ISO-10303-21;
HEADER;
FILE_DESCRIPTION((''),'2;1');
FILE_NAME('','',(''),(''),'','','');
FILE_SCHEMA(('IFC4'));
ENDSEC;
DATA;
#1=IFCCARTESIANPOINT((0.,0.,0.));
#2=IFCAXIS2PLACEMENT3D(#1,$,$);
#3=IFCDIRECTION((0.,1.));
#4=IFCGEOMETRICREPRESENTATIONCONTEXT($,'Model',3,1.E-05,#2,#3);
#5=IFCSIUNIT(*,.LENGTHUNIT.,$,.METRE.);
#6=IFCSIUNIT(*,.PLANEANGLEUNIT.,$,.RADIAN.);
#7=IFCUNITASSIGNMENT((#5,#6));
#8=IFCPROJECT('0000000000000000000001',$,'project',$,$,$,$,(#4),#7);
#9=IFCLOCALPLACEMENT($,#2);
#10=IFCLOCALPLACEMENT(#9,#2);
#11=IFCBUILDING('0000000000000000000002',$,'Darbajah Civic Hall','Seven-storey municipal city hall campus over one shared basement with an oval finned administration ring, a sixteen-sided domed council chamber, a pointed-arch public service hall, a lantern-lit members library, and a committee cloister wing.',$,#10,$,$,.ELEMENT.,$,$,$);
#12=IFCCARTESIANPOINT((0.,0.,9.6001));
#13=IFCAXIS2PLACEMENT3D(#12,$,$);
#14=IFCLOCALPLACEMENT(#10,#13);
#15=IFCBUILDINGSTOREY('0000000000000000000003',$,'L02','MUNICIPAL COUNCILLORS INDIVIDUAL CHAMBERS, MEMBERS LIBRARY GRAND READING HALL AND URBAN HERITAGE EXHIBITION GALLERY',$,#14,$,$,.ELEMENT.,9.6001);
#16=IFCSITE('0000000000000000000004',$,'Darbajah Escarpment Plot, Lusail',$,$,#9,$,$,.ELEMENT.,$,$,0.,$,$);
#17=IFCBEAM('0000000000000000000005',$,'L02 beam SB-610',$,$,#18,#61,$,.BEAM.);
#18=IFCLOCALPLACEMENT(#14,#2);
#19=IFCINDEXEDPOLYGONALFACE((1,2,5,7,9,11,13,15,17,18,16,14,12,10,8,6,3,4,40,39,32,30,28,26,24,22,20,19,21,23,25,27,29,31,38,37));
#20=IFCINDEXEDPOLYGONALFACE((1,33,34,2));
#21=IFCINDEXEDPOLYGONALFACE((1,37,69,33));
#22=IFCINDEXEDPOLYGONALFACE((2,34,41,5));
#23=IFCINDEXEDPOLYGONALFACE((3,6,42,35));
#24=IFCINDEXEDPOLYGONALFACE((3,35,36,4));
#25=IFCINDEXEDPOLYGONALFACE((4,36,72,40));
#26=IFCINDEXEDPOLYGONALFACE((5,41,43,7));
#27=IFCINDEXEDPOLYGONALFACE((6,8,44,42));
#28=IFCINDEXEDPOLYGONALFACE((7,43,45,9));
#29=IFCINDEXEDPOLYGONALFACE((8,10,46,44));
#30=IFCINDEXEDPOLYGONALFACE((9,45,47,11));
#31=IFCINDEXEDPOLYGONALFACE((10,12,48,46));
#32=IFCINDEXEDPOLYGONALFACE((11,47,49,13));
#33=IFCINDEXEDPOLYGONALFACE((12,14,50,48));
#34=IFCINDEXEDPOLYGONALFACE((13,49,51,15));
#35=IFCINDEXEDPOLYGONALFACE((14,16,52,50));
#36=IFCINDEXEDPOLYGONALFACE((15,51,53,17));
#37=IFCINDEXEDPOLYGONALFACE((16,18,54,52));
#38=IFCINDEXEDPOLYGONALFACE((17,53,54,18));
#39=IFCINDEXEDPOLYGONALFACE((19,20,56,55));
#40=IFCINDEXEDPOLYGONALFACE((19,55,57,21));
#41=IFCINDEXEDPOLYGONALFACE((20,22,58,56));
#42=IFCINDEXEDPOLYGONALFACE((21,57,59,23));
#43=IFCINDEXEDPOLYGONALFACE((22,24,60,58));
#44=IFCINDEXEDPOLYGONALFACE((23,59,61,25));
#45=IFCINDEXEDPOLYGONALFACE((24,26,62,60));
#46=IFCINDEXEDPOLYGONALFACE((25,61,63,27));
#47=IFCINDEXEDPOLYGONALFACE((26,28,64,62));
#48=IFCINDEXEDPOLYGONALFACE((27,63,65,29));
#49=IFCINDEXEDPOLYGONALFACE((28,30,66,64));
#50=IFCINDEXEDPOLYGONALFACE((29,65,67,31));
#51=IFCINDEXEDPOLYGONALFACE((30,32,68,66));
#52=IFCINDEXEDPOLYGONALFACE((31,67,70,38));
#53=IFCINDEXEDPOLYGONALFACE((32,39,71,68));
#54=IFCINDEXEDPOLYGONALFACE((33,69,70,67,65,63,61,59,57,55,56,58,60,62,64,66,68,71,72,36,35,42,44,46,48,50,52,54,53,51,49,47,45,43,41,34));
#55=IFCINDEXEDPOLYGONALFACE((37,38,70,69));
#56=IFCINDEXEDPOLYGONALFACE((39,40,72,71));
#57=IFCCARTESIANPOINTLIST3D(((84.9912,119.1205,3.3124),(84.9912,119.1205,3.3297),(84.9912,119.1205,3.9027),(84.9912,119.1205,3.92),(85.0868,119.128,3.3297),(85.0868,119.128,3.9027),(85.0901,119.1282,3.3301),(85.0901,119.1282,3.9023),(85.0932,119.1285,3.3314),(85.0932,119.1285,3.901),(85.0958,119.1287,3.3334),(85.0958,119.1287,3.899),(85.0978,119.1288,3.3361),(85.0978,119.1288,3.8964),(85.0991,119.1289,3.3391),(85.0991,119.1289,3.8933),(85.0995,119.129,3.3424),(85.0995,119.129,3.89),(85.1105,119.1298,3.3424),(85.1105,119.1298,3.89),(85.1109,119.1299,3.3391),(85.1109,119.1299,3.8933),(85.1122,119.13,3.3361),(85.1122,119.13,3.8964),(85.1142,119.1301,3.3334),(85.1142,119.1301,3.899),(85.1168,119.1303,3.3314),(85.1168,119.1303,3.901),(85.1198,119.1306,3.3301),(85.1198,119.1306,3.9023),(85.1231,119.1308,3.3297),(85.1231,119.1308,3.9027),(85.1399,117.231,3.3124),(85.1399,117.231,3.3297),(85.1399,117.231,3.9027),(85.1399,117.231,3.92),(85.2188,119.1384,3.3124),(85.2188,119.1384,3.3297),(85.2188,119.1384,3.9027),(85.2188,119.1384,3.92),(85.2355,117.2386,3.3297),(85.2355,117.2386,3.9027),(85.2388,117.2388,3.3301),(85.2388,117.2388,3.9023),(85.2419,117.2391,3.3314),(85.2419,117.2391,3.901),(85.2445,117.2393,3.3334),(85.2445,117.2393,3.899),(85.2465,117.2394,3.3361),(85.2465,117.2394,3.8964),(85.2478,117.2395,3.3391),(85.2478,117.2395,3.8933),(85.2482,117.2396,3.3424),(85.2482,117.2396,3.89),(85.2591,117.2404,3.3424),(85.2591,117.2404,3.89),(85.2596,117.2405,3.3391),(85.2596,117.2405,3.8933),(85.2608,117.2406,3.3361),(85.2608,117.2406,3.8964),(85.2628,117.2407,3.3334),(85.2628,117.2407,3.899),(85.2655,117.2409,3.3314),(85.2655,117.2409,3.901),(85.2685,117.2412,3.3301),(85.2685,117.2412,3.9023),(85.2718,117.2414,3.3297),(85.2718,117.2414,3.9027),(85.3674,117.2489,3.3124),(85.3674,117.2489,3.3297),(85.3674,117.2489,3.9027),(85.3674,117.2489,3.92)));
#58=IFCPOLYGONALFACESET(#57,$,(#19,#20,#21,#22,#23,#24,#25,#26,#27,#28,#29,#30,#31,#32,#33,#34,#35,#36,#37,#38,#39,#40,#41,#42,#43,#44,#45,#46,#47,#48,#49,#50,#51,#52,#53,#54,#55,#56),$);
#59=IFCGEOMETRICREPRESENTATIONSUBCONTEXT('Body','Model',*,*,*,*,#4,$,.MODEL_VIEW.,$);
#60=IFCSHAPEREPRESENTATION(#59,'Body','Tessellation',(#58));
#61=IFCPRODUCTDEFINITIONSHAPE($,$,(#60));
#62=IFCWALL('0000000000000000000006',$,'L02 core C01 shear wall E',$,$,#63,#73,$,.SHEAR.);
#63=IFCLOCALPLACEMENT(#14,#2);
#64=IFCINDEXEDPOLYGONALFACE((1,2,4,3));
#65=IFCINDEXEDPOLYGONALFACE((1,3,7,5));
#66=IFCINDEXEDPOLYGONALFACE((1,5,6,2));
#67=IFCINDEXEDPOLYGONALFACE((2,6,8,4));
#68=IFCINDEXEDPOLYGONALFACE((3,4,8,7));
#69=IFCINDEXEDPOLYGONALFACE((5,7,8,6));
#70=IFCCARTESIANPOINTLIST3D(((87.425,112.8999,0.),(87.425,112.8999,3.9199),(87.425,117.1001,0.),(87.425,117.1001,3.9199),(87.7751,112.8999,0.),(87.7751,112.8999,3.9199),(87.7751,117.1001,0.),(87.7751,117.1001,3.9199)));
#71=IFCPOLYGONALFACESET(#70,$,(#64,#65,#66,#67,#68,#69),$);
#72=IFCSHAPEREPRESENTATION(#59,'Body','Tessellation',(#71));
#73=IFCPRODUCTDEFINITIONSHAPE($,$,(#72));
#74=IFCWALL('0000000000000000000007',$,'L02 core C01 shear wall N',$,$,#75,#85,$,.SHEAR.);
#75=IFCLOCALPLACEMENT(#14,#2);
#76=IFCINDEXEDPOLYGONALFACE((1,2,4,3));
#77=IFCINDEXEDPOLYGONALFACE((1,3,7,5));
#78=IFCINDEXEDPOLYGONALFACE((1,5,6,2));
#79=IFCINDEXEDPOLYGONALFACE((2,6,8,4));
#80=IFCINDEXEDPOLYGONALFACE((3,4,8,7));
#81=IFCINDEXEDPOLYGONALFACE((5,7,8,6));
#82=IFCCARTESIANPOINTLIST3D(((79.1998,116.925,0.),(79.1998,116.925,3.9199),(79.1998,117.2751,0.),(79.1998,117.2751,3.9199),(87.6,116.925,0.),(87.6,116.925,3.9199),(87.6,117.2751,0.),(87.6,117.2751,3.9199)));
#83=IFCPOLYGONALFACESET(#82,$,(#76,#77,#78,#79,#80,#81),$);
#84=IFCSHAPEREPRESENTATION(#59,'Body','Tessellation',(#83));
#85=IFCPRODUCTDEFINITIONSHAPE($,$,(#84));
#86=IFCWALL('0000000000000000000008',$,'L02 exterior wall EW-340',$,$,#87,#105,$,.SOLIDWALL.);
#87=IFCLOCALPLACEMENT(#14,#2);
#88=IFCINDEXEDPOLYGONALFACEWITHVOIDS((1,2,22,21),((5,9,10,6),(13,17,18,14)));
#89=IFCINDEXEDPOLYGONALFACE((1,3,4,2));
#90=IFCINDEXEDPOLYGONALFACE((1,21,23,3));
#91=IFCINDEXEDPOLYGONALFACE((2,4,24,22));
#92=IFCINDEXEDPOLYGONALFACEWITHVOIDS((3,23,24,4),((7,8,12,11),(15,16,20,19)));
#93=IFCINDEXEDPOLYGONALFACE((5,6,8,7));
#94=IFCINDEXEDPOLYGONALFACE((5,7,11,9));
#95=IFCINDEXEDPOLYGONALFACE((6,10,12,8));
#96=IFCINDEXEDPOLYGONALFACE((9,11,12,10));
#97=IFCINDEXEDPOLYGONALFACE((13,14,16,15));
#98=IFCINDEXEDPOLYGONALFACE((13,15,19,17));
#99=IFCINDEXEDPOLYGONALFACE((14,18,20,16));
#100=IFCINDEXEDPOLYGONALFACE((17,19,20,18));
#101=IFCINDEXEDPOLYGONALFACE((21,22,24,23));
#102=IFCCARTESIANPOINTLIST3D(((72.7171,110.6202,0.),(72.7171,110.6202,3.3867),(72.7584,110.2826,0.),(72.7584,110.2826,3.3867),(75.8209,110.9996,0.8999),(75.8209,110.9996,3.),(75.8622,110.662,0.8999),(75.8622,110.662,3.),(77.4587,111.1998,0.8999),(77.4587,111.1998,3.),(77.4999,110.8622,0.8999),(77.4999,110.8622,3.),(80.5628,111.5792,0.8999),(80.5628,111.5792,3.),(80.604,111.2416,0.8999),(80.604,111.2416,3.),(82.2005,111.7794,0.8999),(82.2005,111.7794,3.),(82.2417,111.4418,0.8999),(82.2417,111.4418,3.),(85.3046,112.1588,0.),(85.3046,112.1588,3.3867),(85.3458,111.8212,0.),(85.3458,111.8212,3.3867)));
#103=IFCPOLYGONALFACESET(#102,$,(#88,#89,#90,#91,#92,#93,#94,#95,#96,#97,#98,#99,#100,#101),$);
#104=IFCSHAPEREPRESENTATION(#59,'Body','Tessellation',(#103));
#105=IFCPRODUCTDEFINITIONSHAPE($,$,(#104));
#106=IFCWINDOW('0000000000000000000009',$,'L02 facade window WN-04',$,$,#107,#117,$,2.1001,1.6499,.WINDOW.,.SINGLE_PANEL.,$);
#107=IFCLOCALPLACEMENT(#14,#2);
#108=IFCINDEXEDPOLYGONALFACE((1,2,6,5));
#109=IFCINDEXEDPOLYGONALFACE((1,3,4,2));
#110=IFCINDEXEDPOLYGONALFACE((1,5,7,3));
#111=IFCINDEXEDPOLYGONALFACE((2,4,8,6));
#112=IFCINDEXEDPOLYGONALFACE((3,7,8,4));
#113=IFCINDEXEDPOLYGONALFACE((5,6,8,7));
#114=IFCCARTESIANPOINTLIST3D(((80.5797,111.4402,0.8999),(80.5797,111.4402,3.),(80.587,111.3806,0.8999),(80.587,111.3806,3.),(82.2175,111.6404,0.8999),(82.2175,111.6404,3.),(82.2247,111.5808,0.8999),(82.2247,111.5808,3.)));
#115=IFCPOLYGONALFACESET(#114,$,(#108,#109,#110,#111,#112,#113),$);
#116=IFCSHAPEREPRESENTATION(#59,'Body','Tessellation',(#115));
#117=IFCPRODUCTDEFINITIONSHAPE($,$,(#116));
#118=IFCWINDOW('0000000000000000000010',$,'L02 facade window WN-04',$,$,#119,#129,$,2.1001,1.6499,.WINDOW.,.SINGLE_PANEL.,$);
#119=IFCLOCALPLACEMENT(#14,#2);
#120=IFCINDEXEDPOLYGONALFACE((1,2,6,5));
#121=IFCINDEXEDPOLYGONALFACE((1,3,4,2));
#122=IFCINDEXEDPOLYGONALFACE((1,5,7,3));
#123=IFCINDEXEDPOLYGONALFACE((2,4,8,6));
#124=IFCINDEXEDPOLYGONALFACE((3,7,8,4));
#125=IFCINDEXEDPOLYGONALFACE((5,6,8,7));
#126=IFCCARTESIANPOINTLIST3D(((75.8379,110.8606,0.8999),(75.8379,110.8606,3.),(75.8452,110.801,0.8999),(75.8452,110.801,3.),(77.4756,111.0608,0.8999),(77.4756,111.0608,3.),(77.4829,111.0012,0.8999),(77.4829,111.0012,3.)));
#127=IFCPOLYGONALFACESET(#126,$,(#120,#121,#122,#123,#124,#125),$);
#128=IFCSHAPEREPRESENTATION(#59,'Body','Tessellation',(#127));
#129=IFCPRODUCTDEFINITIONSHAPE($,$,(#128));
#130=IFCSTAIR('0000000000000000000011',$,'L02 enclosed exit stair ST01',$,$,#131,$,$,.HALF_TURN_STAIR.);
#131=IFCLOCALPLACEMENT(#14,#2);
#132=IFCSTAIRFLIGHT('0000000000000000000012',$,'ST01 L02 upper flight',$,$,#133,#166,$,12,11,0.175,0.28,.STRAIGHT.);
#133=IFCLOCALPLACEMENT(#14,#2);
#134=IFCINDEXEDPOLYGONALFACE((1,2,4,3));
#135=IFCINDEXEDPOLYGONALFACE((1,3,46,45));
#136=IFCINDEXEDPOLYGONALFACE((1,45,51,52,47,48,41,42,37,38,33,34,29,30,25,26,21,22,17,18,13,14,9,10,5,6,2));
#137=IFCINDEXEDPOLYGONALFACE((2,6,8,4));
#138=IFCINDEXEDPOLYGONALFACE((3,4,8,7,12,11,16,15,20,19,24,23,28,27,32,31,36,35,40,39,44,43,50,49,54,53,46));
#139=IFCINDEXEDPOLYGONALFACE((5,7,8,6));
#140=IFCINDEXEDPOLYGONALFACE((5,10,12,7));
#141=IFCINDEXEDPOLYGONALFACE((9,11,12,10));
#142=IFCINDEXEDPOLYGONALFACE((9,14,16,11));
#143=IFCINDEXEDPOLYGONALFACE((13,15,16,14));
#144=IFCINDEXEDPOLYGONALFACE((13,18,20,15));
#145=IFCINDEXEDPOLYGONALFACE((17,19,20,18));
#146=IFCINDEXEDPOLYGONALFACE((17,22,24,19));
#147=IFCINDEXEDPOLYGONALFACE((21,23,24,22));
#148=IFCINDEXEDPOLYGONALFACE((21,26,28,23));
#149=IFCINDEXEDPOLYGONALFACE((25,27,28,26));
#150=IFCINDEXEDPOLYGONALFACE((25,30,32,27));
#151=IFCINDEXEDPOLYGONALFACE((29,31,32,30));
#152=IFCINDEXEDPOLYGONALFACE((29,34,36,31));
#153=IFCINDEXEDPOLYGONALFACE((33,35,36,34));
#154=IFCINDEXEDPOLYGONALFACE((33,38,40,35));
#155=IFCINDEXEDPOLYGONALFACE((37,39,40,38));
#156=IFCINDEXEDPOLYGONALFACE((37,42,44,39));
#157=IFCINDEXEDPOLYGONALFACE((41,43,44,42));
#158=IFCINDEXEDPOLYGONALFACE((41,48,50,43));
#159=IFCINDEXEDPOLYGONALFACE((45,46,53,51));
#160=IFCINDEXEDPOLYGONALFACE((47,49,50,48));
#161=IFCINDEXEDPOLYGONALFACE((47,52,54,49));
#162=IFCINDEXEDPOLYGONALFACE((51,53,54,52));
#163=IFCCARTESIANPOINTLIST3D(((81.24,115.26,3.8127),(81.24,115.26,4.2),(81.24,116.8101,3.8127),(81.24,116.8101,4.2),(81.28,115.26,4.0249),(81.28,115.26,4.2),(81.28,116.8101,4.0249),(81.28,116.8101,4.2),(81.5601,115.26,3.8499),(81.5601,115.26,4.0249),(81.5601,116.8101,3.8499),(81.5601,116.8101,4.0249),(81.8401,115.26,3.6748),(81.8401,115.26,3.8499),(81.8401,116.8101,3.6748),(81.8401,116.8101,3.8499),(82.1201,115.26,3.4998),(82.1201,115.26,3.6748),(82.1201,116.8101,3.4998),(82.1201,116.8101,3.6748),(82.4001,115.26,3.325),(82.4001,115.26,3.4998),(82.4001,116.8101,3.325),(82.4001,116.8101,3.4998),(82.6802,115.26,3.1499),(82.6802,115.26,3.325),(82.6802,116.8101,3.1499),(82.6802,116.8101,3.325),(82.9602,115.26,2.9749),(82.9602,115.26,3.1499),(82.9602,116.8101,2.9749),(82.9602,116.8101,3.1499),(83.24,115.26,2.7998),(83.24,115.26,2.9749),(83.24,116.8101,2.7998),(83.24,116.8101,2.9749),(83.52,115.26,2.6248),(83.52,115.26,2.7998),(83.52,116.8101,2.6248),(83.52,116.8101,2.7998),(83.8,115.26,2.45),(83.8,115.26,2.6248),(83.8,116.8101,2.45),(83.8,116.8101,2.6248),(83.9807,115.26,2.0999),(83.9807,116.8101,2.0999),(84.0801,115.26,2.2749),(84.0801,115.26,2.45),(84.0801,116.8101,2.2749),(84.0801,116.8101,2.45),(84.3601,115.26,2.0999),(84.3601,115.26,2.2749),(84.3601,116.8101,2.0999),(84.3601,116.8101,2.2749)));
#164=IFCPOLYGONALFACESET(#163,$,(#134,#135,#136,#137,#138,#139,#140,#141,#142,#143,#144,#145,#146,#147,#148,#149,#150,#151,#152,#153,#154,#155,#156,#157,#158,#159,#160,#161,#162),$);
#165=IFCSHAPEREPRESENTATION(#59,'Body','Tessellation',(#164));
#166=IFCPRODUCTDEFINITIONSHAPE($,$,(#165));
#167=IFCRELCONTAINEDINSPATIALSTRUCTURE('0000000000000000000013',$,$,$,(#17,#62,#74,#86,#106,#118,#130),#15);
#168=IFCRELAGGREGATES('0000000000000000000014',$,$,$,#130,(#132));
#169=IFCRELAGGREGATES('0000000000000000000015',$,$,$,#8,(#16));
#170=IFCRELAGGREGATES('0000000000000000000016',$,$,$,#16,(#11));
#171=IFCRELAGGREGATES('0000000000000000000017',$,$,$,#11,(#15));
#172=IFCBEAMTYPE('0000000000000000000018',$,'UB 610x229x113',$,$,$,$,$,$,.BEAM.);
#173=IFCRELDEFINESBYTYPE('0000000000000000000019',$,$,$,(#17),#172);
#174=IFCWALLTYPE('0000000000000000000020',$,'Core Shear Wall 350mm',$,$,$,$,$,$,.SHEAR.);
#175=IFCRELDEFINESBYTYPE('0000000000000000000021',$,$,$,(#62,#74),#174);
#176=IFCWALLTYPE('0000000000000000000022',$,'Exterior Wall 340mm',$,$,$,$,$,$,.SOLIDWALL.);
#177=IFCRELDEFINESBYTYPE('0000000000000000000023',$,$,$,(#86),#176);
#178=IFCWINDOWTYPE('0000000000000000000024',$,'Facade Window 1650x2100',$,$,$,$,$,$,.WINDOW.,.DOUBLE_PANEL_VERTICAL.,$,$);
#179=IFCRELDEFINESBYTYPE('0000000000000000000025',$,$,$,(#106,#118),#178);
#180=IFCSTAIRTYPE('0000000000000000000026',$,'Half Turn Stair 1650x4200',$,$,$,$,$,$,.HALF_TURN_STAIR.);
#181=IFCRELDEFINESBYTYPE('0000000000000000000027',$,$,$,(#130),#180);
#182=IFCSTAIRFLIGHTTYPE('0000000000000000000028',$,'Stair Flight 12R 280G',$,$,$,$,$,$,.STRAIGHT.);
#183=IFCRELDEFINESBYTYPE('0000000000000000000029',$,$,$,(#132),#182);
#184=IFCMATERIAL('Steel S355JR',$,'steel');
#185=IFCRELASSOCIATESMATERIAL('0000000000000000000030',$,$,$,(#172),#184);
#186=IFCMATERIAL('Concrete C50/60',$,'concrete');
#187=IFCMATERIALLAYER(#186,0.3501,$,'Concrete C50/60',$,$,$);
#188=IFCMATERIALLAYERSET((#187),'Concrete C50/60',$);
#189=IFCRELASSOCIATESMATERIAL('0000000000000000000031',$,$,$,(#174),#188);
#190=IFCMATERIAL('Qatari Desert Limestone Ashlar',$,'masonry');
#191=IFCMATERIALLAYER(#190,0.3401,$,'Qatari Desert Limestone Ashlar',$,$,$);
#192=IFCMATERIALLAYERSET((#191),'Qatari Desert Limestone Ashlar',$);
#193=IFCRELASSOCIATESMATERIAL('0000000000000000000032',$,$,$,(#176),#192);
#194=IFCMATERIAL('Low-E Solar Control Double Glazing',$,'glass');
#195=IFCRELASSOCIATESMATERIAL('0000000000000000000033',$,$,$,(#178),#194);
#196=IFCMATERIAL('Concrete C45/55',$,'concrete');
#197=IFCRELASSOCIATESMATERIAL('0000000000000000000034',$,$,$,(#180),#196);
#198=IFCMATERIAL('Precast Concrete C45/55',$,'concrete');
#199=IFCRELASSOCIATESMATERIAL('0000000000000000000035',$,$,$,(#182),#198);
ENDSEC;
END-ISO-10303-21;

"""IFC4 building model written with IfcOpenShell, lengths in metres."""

from ifc_helpers import new_model, si_unit, direction, frame, frame_2d, origin, origin_2d, place, context, subcontext, project, spatial, polyline, rectangle, i_section, outline, extrude, material, layer, layer_set, material_profile, profile_set, type_object, element, fill, aggregate, save


model = new_model("IFC4")

# Units and contexts
model_context = context("Model", 3, precision=1e-05, world=origin(), true_north=direction((0.0, 1.0)))
body_context = subcontext(model_context, "Body", "Model", "MODEL_VIEW")
ifc_project = project(units=[si_unit("LENGTHUNIT", "METRE"), si_unit("PLANEANGLEUNIT", "RADIAN")], contexts=[model_context])

# Site, building, storey
site_placement = place(None, origin())
site = spatial("IfcSite", under=ifc_project, at=site_placement, Name="Darbajah Escarpment Plot, Lusail", CompositionType="ELEMENT", RefElevation=0.0)
building_placement = place(site_placement, origin())
building = spatial("IfcBuilding", under=site, at=building_placement, Name="Darbajah Civic Hall", Description="Seven-storey municipal city hall campus over one shared basement with an oval finned administration ring, a sixteen-sided domed council chamber, a pointed-arch public service hall, a lantern-lit members library, and a committee cloister wing.", CompositionType="ELEMENT")
storey_placement = place(building_placement, frame((0.0, 0.0, 9.6001)))
storey = spatial("IfcBuildingStorey", under=building, at=storey_placement, Name="L02", Description="MUNICIPAL COUNCILLORS INDIVIDUAL CHAMBERS, MEMBERS LIBRARY GRAND READING HALL AND URBAN HERITAGE EXHIBITION GALLERY", CompositionType="ELEMENT", Elevation=9.6001)

# Shared definitions
ifc_material_1 = material(Name="Concrete C45/55", Category="concrete")

# Beam
ifc_material_2 = material(Name="Steel S355JR", Category="steel")
ifc_material_profile_1 = material_profile(ifc_material_2, i_section(OverallWidth=0.2283, OverallDepth=0.6077, WebThickness=0.011, FlangeThickness=0.0173, FilletRadius=0.0127, at=origin_2d()), Name="UB 610x229x113")
ifc_profile_set_1 = profile_set([ifc_material_profile_1], Name="Steel S355JR")
beam_type_1 = type_object("IfcBeamType", Name="UB 610x229x113", PredefinedType="BEAM", material=ifc_profile_set_1)
beam_1_placement = place(storey_placement, frame((85.2537, 117.24, 3.6162), z_axis=(-0.07845, 0.996918, 0.0), x_axis=(-0.996918, -0.07845, 0.0)))
element("IfcBeam", 1, at=beam_1_placement, inside=storey, type_object=beam_type_1, Name="L02 beam SB-610", PredefinedType="BEAM", context=body_context, shape_type="SweptSolid", body=[
    extrude(i_section(OverallWidth=0.2283, OverallDepth=0.6077, WebThickness=0.011, FlangeThickness=0.0173, FilletRadius=0.0127, at=origin_2d()), origin(), (0.0, 0.0, 1.0), 1.8953),
])

# Walls
ifc_material_3 = material(Name="Concrete C50/60", Category="concrete")
ifc_layer_1 = layer(ifc_material_3, 0.3501, Name="Concrete C50/60")
ifc_layer_set_1 = layer_set([ifc_layer_1], Name="Concrete C50/60")
wall_type_1 = type_object("IfcWallType", Name="Core Shear Wall 350mm", PredefinedType="SHEAR", material=ifc_layer_set_1)
wall_1_placement = place(storey_placement, frame((87.6001, 112.8999, 0.0), z_axis=(0.0, 0.0, 1.0), x_axis=(0.0, 1.0, 0.0)))
element("IfcWall", 2, at=wall_1_placement, inside=storey, type_object=wall_type_1, Name="L02 core C01 shear wall E", PredefinedType="SHEAR", context=body_context, shape_type="SweptSolid", body=[
    extrude(rectangle(XDim=4.2002, YDim=0.3501, at=frame_2d((2.1001, 0.0))), origin(), (0.0, 0.0, 1.0), 3.9199),
])
wall_2_placement = place(storey_placement, frame((87.6001, 117.1001, 0.0), z_axis=(0.0, 0.0, 1.0), x_axis=(-1.0, 0.0, 0.0)))
element("IfcWall", 3, at=wall_2_placement, inside=storey, type_object=wall_type_1, Name="L02 core C01 shear wall N", PredefinedType="SHEAR", context=body_context, shape_type="SweptSolid", body=[
    extrude(rectangle(XDim=8.4001, YDim=0.3501, at=frame_2d((4.2002, 0.0))), origin(), (0.0, 0.0, 1.0), 3.9199),
])

# Wall, openings, windows
ifc_material_4 = material(Name="Qatari Desert Limestone Ashlar", Category="masonry")
ifc_layer_2 = layer(ifc_material_4, 0.3401, Name="Qatari Desert Limestone Ashlar")
ifc_layer_set_2 = layer_set([ifc_layer_2], Name="Qatari Desert Limestone Ashlar")
wall_type_2 = type_object("IfcWallType", Name="Exterior Wall 340mm", PredefinedType="SOLIDWALL", material=ifc_layer_set_2)
wall_3_placement = place(storey_placement, frame((85.3252, 111.99, 0.0), z_axis=(0.0, 0.0, 1.0), x_axis=(-0.992612, -0.121328, 0.0)))
wall_3 = element("IfcWall", 4, at=wall_3_placement, inside=storey, type_object=wall_type_2, Name="L02 exterior wall EW-340", PredefinedType="SOLIDWALL", context=body_context, shape_type="SweptSolid", body=[
    extrude(rectangle(XDim=12.6812, YDim=0.3401, at=frame_2d((6.3406, 0.0))), origin(), (0.0, 0.0, 1.0), 3.3867),
])
opening_1_placement = place(wall_3_placement, frame((3.1272, 0.0, 0.8999)))
opening_1 = element("IfcOpeningElement", 5, at=opening_1_placement, cuts=wall_3, PredefinedType="OPENING", context=body_context, shape_type="SweptSolid", body=[
    extrude(rectangle(XDim=1.6499, YDim=2.1001, at=frame_2d((0.825, 1.05))), frame((0.0, 0.1799, 0.0), z_axis=(0.0, -1.0, 0.0), x_axis=(1.0, 0.0, 0.0)), (0.0, 0.0, 1.0), 0.3601),
])
opening_2_placement = place(wall_3_placement, frame((7.9043, 0.0, 0.8999)))
opening_2 = element("IfcOpeningElement", 6, at=opening_2_placement, cuts=wall_3, PredefinedType="OPENING", context=body_context, shape_type="SweptSolid", body=[
    extrude(rectangle(XDim=1.6499, YDim=2.1001, at=frame_2d((0.825, 1.05))), frame((0.0, 0.1799, 0.0), z_axis=(0.0, -1.0, 0.0), x_axis=(1.0, 0.0, 0.0)), (0.0, 0.0, 1.0), 0.3601),
])
ifc_material_5 = material(Name="Low-E Solar Control Double Glazing", Category="glass")
window_type = type_object("IfcWindowType", Name="Facade Window 1650x2100", PartitioningType="DOUBLE_PANEL_VERTICAL", PredefinedType="WINDOW", material=ifc_material_5)
window_1_placement = place(opening_1_placement, origin())
window_1 = element("IfcWindow", 7, at=window_1_placement, inside=storey, type_object=window_type, Name="L02 facade window WN-04", OverallHeight=2.1001, OverallWidth=1.6499, PartitioningType="SINGLE_PANEL", PredefinedType="WINDOW", context=body_context, shape_type="SweptSolid", body=[
    extrude(rectangle(XDim=1.6499, YDim=2.1001, at=frame_2d((0.825, 1.05))), frame((0.0, 0.03, 0.0), z_axis=(0.0, -1.0, 0.0), x_axis=(1.0, 0.0, 0.0)), (0.0, 0.0, 1.0), 0.0601),
])
fill(opening_1, window_1)
window_2_placement = place(opening_2_placement, origin())
window_2 = element("IfcWindow", 8, at=window_2_placement, inside=storey, type_object=window_type, Name="L02 facade window WN-04", OverallHeight=2.1001, OverallWidth=1.6499, PartitioningType="SINGLE_PANEL", PredefinedType="WINDOW", context=body_context, shape_type="SweptSolid", body=[
    extrude(rectangle(XDim=1.6499, YDim=2.1001, at=frame_2d((0.825, 1.05))), frame((0.0, 0.03, 0.0), z_axis=(0.0, -1.0, 0.0), x_axis=(1.0, 0.0, 0.0)), (0.0, 0.0, 1.0), 0.0601),
])
fill(opening_2, window_2)

# Stair, stair flight
stair_type = type_object("IfcStairType", Name="Half Turn Stair 1650x4200", PredefinedType="HALF_TURN_STAIR", material=ifc_material_1)
stair_placement = place(storey_placement, origin())
stair = element("IfcStair", 9, at=stair_placement, inside=storey, type_object=stair_type, Name="L02 enclosed exit stair ST01", PredefinedType="HALF_TURN_STAIR")
ifc_material_6 = material(Name="Precast Concrete C45/55", Category="concrete")
stair_flight_type = type_object("IfcStairFlightType", Name="Stair Flight 12R 280G", PredefinedType="STRAIGHT", material=ifc_material_6)
stair_flight_placement = place(storey_placement, frame((84.3601, 116.0349, 2.0999), z_axis=(0.0, 0.0, 1.0), x_axis=(-1.0, 0.0, 0.0)))
stair_flight = element("IfcStairFlight", 10, at=stair_flight_placement, type_object=stair_flight_type, Name="ST01 L02 upper flight", NumberOfRisers=12, NumberOfTreads=11, PredefinedType="STRAIGHT", RiserHeight=0.175, TreadLength=0.28, context=body_context, shape_type="SweptSolid", body=[
    extrude(outline(polyline([(0.0, 0.0), (0.0, 0.175), (0.28, 0.175), (0.28, 0.3501), (0.5601, 0.3501), (0.5601, 0.5249), (0.8401, 0.5249), (0.8401, 0.7), (1.1201, 0.7), (1.1201, 0.875), (1.3999, 0.875), (1.3999, 1.05), (1.6799, 1.05), (1.6799, 1.2251), (1.96, 1.2251), (1.96, 1.3999), (2.24, 1.3999), (2.24, 1.575), (2.52, 1.575), (2.52, 1.75), (2.8, 1.75), (2.8, 1.925), (3.0801, 1.925), (3.0801, 2.1001), (3.1201, 2.1001), (3.1201, 1.7129), (0.3794, 0.0), (0.0, 0.0)])), frame((0.0, 0.7749, 0.0), z_axis=(0.0, -1.0, 0.0), x_axis=(1.0, 0.0, 0.0)), (0.0, 0.0, 1.0), 1.55),
])
aggregate(stair, [stair_flight])

save(model, "model.ifc")
